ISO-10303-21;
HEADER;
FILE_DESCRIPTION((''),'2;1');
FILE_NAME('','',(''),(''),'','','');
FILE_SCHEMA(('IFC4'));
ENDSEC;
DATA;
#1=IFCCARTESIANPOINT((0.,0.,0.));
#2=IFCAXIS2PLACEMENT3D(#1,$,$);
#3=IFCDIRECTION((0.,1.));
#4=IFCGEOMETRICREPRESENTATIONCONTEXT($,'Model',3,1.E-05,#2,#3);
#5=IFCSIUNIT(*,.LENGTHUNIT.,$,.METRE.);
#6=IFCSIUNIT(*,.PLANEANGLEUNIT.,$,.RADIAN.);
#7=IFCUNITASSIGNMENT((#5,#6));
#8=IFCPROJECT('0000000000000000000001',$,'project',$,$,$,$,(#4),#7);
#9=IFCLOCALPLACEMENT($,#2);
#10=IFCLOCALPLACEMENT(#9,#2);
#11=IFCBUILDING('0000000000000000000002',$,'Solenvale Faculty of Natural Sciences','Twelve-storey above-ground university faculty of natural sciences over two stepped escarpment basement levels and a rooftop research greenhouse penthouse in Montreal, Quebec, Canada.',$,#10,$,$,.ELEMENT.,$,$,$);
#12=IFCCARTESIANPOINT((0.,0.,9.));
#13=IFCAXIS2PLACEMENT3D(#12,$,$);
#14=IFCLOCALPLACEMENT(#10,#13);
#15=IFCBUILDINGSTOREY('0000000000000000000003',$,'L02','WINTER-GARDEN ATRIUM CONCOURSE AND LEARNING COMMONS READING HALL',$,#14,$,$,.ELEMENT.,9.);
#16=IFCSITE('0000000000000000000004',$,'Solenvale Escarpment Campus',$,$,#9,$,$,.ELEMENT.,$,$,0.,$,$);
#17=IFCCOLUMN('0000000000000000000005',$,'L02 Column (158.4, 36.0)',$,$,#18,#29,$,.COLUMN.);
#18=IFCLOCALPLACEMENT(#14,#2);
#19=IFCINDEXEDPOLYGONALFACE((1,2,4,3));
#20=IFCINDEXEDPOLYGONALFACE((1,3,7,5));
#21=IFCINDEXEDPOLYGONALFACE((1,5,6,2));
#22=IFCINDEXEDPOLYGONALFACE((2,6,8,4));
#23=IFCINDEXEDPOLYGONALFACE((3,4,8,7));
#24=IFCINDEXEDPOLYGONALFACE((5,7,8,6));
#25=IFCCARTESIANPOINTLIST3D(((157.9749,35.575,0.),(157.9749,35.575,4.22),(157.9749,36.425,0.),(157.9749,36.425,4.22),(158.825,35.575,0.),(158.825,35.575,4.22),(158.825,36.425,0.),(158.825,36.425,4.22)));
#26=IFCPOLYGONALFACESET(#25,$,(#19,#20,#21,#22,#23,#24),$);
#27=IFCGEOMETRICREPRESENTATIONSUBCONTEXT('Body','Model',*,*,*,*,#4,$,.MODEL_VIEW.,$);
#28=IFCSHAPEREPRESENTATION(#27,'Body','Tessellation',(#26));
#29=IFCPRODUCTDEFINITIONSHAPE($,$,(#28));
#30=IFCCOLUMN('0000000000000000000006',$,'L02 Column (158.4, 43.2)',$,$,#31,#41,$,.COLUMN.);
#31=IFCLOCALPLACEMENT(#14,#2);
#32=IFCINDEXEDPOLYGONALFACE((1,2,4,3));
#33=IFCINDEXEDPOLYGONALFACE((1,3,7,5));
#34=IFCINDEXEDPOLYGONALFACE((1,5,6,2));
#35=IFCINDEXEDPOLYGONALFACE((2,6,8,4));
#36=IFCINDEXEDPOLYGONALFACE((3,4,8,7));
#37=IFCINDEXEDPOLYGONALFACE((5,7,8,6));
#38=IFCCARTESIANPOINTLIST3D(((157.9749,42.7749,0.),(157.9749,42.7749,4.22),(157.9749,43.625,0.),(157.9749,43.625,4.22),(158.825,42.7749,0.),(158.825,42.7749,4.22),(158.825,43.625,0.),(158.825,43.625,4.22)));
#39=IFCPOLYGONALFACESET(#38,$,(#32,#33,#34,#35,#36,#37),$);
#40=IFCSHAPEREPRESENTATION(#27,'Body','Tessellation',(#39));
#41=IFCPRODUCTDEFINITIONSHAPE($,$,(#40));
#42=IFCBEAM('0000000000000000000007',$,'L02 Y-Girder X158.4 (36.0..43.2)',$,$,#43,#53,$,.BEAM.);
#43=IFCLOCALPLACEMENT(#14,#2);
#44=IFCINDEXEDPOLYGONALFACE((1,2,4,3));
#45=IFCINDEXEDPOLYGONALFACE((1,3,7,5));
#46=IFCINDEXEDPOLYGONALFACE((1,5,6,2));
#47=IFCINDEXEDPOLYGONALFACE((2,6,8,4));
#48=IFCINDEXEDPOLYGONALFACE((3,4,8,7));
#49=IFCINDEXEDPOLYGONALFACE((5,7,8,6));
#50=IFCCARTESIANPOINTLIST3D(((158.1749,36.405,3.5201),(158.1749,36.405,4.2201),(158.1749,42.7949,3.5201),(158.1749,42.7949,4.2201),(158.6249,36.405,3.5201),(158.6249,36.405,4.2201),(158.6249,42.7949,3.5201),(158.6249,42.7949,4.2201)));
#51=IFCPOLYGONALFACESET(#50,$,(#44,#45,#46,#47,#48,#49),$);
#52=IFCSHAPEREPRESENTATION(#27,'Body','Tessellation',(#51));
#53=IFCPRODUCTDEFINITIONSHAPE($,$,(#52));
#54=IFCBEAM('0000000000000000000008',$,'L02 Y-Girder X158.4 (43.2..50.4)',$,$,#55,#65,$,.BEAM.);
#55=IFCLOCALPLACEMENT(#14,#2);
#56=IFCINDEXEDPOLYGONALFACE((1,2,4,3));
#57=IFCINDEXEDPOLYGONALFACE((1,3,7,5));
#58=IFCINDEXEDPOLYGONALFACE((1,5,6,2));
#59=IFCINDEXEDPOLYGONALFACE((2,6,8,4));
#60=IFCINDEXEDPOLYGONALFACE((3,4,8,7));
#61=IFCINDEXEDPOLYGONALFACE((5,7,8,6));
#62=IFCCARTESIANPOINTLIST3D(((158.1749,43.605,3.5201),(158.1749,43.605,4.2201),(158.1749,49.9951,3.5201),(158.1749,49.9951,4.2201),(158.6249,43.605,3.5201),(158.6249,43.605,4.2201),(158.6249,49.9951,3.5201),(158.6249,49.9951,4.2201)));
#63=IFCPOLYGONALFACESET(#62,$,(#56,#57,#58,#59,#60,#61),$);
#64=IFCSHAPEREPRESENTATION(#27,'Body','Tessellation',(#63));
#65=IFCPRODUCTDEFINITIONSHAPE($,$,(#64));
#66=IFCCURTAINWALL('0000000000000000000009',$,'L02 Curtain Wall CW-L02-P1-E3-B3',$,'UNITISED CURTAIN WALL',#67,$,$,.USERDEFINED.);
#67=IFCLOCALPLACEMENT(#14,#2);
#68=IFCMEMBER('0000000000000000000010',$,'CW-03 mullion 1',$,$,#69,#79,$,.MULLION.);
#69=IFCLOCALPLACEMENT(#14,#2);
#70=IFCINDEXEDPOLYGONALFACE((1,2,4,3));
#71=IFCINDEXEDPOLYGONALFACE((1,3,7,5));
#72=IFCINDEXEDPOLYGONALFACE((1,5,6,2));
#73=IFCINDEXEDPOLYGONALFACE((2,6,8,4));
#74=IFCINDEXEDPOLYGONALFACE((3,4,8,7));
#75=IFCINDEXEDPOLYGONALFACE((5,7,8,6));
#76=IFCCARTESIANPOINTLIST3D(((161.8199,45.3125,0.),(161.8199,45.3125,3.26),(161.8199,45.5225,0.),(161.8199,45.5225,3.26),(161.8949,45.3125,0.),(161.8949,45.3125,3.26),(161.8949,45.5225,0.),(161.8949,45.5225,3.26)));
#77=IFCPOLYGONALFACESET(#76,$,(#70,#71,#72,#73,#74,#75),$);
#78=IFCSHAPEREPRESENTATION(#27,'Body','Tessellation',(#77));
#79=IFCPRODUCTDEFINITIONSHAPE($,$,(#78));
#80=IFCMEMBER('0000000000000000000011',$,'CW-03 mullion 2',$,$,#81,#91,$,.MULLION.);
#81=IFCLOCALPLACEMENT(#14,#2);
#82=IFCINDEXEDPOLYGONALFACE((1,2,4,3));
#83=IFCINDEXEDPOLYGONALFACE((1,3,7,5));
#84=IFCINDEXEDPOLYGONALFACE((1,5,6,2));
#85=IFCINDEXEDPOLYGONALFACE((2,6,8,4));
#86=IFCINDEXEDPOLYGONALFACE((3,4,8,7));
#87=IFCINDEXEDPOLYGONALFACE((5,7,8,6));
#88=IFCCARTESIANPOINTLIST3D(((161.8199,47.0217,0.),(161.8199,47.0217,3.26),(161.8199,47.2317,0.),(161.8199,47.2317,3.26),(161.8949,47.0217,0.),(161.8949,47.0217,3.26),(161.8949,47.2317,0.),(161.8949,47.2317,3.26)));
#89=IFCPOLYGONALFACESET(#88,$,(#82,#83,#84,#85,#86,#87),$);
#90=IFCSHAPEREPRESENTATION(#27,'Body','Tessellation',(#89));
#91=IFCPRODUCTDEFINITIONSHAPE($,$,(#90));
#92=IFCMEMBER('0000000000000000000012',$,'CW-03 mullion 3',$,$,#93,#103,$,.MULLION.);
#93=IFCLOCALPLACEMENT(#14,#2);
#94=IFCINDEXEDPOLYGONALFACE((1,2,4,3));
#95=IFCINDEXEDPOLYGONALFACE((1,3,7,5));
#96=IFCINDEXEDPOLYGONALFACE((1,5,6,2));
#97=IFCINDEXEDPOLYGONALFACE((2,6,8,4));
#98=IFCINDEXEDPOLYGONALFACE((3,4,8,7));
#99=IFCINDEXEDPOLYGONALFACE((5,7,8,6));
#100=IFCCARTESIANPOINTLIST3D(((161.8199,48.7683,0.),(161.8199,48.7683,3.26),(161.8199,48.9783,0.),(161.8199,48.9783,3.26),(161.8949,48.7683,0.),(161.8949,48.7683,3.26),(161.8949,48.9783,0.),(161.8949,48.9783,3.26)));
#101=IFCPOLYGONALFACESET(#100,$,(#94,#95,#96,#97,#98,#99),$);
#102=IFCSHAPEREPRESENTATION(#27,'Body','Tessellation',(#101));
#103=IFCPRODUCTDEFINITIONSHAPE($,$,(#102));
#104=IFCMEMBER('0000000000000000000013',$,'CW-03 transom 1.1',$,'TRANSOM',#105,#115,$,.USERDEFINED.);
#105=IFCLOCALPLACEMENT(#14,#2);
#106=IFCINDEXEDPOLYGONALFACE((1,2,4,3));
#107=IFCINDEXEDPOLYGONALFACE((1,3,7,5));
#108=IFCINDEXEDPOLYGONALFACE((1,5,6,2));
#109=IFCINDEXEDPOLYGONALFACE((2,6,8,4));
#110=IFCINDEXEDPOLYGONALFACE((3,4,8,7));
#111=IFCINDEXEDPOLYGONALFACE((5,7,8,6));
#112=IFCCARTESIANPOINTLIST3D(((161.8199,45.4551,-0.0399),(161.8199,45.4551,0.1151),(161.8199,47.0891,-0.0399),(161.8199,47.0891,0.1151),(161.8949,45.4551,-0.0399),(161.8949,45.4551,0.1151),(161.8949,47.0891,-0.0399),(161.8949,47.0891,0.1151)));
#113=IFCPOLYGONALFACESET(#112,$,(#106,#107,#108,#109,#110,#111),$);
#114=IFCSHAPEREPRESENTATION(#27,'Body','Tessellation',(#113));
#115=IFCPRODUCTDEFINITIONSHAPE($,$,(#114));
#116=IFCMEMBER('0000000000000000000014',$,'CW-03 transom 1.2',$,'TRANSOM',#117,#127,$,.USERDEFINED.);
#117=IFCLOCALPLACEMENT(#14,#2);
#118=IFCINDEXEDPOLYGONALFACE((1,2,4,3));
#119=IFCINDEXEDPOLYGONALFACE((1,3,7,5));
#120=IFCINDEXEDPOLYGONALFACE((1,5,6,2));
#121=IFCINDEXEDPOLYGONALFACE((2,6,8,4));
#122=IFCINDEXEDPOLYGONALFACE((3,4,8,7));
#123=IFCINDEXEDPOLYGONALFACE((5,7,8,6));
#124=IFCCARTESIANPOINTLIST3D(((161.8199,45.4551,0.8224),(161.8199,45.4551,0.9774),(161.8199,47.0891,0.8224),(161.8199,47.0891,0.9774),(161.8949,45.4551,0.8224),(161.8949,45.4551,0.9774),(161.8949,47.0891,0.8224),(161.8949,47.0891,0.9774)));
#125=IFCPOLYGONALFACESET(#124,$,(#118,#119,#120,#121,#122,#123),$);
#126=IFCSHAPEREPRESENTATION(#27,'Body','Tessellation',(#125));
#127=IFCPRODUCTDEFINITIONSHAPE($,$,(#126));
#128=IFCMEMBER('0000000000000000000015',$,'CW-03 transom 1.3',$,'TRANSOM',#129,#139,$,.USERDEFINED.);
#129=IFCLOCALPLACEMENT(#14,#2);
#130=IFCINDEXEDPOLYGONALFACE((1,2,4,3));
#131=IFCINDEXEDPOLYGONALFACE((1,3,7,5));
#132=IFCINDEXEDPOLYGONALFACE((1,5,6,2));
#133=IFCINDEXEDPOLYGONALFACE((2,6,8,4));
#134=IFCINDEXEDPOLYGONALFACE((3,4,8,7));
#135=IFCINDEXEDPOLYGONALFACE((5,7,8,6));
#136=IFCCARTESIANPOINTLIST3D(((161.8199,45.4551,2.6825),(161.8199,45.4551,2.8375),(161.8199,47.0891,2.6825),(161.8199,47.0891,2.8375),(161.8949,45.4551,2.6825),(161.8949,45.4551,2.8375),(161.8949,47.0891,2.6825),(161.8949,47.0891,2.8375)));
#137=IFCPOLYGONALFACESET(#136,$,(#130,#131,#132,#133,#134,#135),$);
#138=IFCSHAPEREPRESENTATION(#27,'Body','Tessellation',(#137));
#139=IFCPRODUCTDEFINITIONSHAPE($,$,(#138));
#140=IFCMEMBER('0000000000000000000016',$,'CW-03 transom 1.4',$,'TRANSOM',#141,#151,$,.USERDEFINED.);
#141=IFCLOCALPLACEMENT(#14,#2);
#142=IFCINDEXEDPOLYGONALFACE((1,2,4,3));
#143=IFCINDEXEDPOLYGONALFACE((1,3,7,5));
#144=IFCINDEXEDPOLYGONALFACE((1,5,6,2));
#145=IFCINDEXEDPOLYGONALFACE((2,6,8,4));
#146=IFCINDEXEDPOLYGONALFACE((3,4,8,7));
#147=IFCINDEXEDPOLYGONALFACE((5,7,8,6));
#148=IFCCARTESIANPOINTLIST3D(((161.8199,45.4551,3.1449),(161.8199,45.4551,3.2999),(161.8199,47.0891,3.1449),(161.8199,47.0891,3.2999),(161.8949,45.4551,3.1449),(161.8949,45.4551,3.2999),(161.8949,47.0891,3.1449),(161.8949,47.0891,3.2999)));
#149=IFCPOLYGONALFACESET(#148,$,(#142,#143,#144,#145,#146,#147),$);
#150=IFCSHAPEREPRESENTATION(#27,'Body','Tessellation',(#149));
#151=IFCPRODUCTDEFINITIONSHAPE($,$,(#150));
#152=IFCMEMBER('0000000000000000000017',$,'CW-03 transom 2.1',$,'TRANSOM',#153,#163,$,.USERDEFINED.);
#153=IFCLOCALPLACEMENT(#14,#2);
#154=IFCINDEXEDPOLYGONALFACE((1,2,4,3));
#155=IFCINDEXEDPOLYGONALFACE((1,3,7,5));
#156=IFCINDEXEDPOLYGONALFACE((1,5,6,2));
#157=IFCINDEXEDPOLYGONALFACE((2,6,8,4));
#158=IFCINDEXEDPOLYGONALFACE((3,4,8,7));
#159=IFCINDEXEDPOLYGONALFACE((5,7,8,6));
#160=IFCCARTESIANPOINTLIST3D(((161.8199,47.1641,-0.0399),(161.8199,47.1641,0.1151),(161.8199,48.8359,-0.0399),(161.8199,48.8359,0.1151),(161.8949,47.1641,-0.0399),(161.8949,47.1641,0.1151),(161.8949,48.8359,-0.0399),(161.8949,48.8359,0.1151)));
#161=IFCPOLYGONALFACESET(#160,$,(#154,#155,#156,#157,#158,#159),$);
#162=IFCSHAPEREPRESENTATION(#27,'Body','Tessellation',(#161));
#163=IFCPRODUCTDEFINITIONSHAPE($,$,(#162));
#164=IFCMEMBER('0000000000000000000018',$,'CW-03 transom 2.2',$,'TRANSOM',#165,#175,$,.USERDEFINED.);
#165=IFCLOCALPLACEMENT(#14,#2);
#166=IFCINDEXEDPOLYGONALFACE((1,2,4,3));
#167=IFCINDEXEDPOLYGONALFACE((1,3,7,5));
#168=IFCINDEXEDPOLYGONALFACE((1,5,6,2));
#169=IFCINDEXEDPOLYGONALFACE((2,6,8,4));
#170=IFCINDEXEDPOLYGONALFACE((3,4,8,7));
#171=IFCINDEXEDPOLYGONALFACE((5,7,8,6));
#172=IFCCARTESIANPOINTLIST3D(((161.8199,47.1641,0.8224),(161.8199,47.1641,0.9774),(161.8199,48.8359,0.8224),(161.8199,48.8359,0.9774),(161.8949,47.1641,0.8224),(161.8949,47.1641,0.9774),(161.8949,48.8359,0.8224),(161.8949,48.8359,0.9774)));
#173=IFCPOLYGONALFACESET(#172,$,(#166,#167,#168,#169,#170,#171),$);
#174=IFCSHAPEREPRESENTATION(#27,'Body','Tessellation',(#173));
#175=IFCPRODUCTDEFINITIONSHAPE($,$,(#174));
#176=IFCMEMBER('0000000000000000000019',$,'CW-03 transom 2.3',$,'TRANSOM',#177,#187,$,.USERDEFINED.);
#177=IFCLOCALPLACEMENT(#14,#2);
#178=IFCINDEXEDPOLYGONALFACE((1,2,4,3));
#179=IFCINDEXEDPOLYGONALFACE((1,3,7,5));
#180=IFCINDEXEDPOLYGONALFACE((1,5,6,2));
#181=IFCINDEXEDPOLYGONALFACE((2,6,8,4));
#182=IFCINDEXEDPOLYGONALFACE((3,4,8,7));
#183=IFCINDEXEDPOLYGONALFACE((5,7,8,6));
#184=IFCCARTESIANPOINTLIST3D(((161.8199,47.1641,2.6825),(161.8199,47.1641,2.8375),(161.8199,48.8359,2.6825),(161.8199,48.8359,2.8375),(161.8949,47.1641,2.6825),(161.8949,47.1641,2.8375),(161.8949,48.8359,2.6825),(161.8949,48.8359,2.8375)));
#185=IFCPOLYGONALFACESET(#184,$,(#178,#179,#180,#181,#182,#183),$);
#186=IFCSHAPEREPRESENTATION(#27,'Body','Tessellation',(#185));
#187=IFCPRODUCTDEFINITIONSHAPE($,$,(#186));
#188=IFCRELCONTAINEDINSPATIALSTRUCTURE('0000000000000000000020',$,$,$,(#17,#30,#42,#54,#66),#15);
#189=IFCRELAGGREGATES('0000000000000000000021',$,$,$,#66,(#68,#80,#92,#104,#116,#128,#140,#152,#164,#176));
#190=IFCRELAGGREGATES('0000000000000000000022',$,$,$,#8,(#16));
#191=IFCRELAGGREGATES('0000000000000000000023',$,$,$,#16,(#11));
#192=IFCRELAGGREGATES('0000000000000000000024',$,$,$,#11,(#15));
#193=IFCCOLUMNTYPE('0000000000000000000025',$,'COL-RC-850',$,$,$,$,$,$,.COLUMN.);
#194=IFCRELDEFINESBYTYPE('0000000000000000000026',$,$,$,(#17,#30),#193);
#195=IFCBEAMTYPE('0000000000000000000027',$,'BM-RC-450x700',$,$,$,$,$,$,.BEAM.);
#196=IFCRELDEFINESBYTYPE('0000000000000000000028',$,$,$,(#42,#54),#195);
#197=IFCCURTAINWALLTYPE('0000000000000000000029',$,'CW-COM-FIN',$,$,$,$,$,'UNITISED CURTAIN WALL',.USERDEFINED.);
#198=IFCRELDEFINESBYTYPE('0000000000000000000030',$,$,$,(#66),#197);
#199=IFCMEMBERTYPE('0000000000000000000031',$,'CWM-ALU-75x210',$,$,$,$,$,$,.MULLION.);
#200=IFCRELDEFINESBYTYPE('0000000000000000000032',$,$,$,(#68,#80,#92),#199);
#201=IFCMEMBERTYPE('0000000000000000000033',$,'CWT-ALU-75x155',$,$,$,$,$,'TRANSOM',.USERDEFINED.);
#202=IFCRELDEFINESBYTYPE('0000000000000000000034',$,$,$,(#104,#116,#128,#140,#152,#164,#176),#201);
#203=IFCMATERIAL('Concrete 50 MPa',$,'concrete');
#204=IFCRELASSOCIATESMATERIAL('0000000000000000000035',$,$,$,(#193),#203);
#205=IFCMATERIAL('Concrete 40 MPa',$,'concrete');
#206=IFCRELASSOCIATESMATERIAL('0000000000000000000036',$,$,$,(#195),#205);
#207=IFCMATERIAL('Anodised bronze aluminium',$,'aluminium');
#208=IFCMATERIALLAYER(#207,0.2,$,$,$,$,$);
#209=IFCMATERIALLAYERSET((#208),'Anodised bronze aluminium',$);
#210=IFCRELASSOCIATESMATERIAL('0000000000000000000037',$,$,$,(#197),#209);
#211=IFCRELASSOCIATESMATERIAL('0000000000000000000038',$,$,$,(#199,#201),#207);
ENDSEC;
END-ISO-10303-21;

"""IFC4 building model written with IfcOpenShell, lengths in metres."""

from ifc_helpers import new_model, si_unit, direction, frame, origin, origin_2d, place, context, subcontext, project, spatial, rectangle, extrude, material, layer, layer_set, material_profile, profile_set, type_object, element, aggregate, save


model = new_model("IFC4")

# Units and contexts
model_context = context("Model", 3, precision=1e-05, world=origin(), true_north=direction((0.0, 1.0)))
body_context = subcontext(model_context, "Body", "Model", "MODEL_VIEW")
ifc_project = project(units=[si_unit("LENGTHUNIT", "METRE"), si_unit("PLANEANGLEUNIT", "RADIAN")], contexts=[model_context])

# Site, building, storey
site_placement = place(None, origin())
site = spatial("IfcSite", under=ifc_project, at=site_placement, Name="Solenvale Escarpment Campus", CompositionType="ELEMENT", RefElevation=0.0)
building_placement = place(site_placement, origin())
building = spatial("IfcBuilding", under=site, at=building_placement, Name="Solenvale Faculty of Natural Sciences", Description="Twelve-storey above-ground university faculty of natural sciences over two stepped escarpment basement levels and a rooftop research greenhouse penthouse in Montreal, Quebec, Canada.", CompositionType="ELEMENT")
storey_placement = place(building_placement, frame((0.0, 0.0, 9.0)))
storey = spatial("IfcBuildingStorey", under=building, at=storey_placement, Name="L02", Description="WINTER-GARDEN ATRIUM CONCOURSE AND LEARNING COMMONS READING HALL", CompositionType="ELEMENT", Elevation=9.0)

# Columns
ifc_material_1 = material(Name="Concrete 50 MPa", Category="concrete")
ifc_material_profile_1 = material_profile(ifc_material_1, rectangle(XDim=0.8501, YDim=0.8501, at=origin_2d()), Name="RC-COL-850x850")
ifc_profile_set_1 = profile_set([ifc_material_profile_1], Name="Concrete 50 MPa")
column_type = type_object("IfcColumnType", Name="COL-RC-850", PredefinedType="COLUMN", material=ifc_profile_set_1)
for number, where, z_axis, x_axis, name in (
    (1, (158.3999, 36.0, 0.0), (0.0, 0.0, 1.0), (1.0, 0.0, 0.0), "L02 Column (158.4, 36.0)"),
    (2, (158.3999, 43.2, 0.0), (0.0, 0.0, 1.0), (1.0, 0.0, 0.0), "L02 Column (158.4, 43.2)"),
):
    element("IfcColumn", number, at=place(storey_placement, frame(where, z_axis=z_axis, x_axis=x_axis)), inside=storey, type_object=column_type, Name=name, PredefinedType="COLUMN", context=body_context, shape_type="SweptSolid", body=[
        extrude(rectangle(XDim=0.8501, YDim=0.8501, at=origin_2d()), origin(), (0.0, 0.0, 1.0), 4.22),
    ])

# Beams
ifc_material_2 = material(Name="Concrete 40 MPa", Category="concrete")
ifc_material_profile_2 = material_profile(ifc_material_2, rectangle(XDim=0.45, YDim=0.7, at=origin_2d()), Name="RC-BM-450x700")
ifc_profile_set_2 = profile_set([ifc_material_profile_2], Name="Concrete 40 MPa")
beam_type = type_object("IfcBeamType", Name="BM-RC-450x700", PredefinedType="BEAM", material=ifc_profile_set_2)
beam_1_placement = place(storey_placement, frame((158.3999, 36.405, 3.8701), z_axis=(0.0, 1.0, 0.0), x_axis=(-1.0, 0.0, 0.0)))
element("IfcBeam", 3, at=beam_1_placement, inside=storey, type_object=beam_type, Name="L02 Y-Girder X158.4 (36.0..43.2)", PredefinedType="BEAM", context=body_context, shape_type="SweptSolid", body=[
    extrude(rectangle(XDim=0.45, YDim=0.7, at=origin_2d()), origin(), (0.0, 0.0, 1.0), 6.3899),
])
beam_2_placement = place(storey_placement, frame((158.3999, 43.605, 3.8701), z_axis=(0.0, 1.0, 0.0), x_axis=(-1.0, 0.0, 0.0)))
element("IfcBeam", 4, at=beam_2_placement, inside=storey, type_object=beam_type, Name="L02 Y-Girder X158.4 (43.2..50.4)", PredefinedType="BEAM", context=body_context, shape_type="SweptSolid", body=[
    extrude(rectangle(XDim=0.45, YDim=0.7, at=origin_2d()), origin(), (0.0, 0.0, 1.0), 6.3901),
])

# Curtain wall, members
ifc_material_3 = material(Name="Anodised bronze aluminium", Category="aluminium")
ifc_layer_1 = layer(ifc_material_3, 0.2)
ifc_layer_set_1 = layer_set([ifc_layer_1], Name="Anodised bronze aluminium")
curtain_wall_type = type_object("IfcCurtainWallType", Name="CW-COM-FIN", ElementType="UNITISED CURTAIN WALL", PredefinedType="USERDEFINED", material=ifc_layer_set_1)
curtain_wall_placement = place(storey_placement, origin())
curtain_wall = element("IfcCurtainWall", 5, at=curtain_wall_placement, inside=storey, type_object=curtain_wall_type, Name="L02 Curtain Wall CW-L02-P1-E3-B3", ObjectType="UNITISED CURTAIN WALL", PredefinedType="USERDEFINED")
ifc_material_profile_3 = material_profile(ifc_material_3, rectangle(XDim=0.075, YDim=0.21, at=origin_2d()), Name="ALU-MUL-75x210")
ifc_profile_set_3 = profile_set([ifc_material_profile_3], Name="Anodised bronze aluminium")
member_type_1 = type_object("IfcMemberType", Name="CWM-ALU-75x210", PredefinedType="MULLION", material=ifc_profile_set_3)
member_1_placement = place(storey_placement, frame((161.8574, 45.4175, 0.0), z_axis=(0.0, 0.0, 1.0), x_axis=(-1.0, 0.0, 0.0)))
member_1 = element("IfcMember", 6, at=member_1_placement, type_object=member_type_1, Name="CW-03 mullion 1", PredefinedType="MULLION", context=body_context, shape_type="SweptSolid", body=[
    extrude(rectangle(XDim=0.075, YDim=0.21, at=origin_2d()), origin(), (0.0, 0.0, 1.0), 3.26),
])
member_2_placement = place(storey_placement, frame((161.8574, 47.1267, 0.0), z_axis=(0.0, 0.0, 1.0), x_axis=(-1.0, 0.0, 0.0)))
member_2 = element("IfcMember", 7, at=member_2_placement, type_object=member_type_1, Name="CW-03 mullion 2", PredefinedType="MULLION", context=body_context, shape_type="SweptSolid", body=[
    extrude(rectangle(XDim=0.075, YDim=0.21, at=origin_2d()), origin(), (0.0, 0.0, 1.0), 3.26),
])
member_3_placement = place(storey_placement, frame((161.8574, 48.8733, 0.0), z_axis=(0.0, 0.0, 1.0), x_axis=(-1.0, 0.0, 0.0)))
member_3 = element("IfcMember", 8, at=member_3_placement, type_object=member_type_1, Name="CW-03 mullion 3", PredefinedType="MULLION", context=body_context, shape_type="SweptSolid", body=[
    extrude(rectangle(XDim=0.075, YDim=0.21, at=origin_2d()), origin(), (0.0, 0.0, 1.0), 3.26),
])
ifc_material_profile_4 = material_profile(ifc_material_3, rectangle(XDim=0.075, YDim=0.155, at=origin_2d()), Name="ALU-TRN-75x155")
ifc_profile_set_4 = profile_set([ifc_material_profile_4], Name="Anodised bronze aluminium")
member_type_2 = type_object("IfcMemberType", Name="CWT-ALU-75x155", ElementType="TRANSOM", PredefinedType="USERDEFINED", material=ifc_profile_set_4)
member_4_placement = place(storey_placement, frame((161.8574, 45.4551, 0.0376), z_axis=(0.0, 1.0, 0.0), x_axis=(-1.0, 0.0, 0.0)))
member_4 = element("IfcMember", 9, at=member_4_placement, type_object=member_type_2, Name="CW-03 transom 1.1", ObjectType="TRANSOM", PredefinedType="USERDEFINED", context=body_context, shape_type="SweptSolid", body=[
    extrude(rectangle(XDim=0.075, YDim=0.155, at=origin_2d()), origin(), (0.0, 0.0, 1.0), 1.634),
])
member_5_placement = place(storey_placement, frame((161.8574, 45.4551, 0.8999), z_axis=(0.0, 1.0, 0.0), x_axis=(-1.0, 0.0, 0.0)))
member_5 = element("IfcMember", 10, at=member_5_placement, type_object=member_type_2, Name="CW-03 transom 1.2", ObjectType="TRANSOM", PredefinedType="USERDEFINED", context=body_context, shape_type="SweptSolid", body=[
    extrude(rectangle(XDim=0.075, YDim=0.155, at=origin_2d()), origin(), (0.0, 0.0, 1.0), 1.634),
])
member_6_placement = place(storey_placement, frame((161.8574, 45.4551, 2.76), z_axis=(0.0, 1.0, 0.0), x_axis=(-1.0, 0.0, 0.0)))
member_6 = element("IfcMember", 11, at=member_6_placement, type_object=member_type_2, Name="CW-03 transom 1.3", ObjectType="TRANSOM", PredefinedType="USERDEFINED", context=body_context, shape_type="SweptSolid", body=[
    extrude(rectangle(XDim=0.075, YDim=0.155, at=origin_2d()), origin(), (0.0, 0.0, 1.0), 1.634),
])
member_7_placement = place(storey_placement, frame((161.8574, 45.4551, 3.2224), z_axis=(0.0, 1.0, 0.0), x_axis=(-1.0, 0.0, 0.0)))
member_7 = element("IfcMember", 12, at=member_7_placement, type_object=member_type_2, Name="CW-03 transom 1.4", ObjectType="TRANSOM", PredefinedType="USERDEFINED", context=body_context, shape_type="SweptSolid", body=[
    extrude(rectangle(XDim=0.075, YDim=0.155, at=origin_2d()), origin(), (0.0, 0.0, 1.0), 1.634),
])
member_8_placement = place(storey_placement, frame((161.8574, 47.1641, 0.0376), z_axis=(0.0, 1.0, 0.0), x_axis=(-1.0, 0.0, 0.0)))
member_8 = element("IfcMember", 13, at=member_8_placement, type_object=member_type_2, Name="CW-03 transom 2.1", ObjectType="TRANSOM", PredefinedType="USERDEFINED", context=body_context, shape_type="SweptSolid", body=[
    extrude(rectangle(XDim=0.075, YDim=0.155, at=origin_2d()), origin(), (0.0, 0.0, 1.0), 1.6719),
])
member_9_placement = place(storey_placement, frame((161.8574, 47.1641, 0.8999), z_axis=(0.0, 1.0, 0.0), x_axis=(-1.0, 0.0, 0.0)))
member_9 = element("IfcMember", 14, at=member_9_placement, type_object=member_type_2, Name="CW-03 transom 2.2", ObjectType="TRANSOM", PredefinedType="USERDEFINED", context=body_context, shape_type="SweptSolid", body=[
    extrude(rectangle(XDim=0.075, YDim=0.155, at=origin_2d()), origin(), (0.0, 0.0, 1.0), 1.6719),
])
member_10_placement = place(storey_placement, frame((161.8574, 47.1641, 2.76), z_axis=(0.0, 1.0, 0.0), x_axis=(-1.0, 0.0, 0.0)))
member_10 = element("IfcMember", 15, at=member_10_placement, type_object=member_type_2, Name="CW-03 transom 2.3", ObjectType="TRANSOM", PredefinedType="USERDEFINED", context=body_context, shape_type="SweptSolid", body=[
    extrude(rectangle(XDim=0.075, YDim=0.155, at=origin_2d()), origin(), (0.0, 0.0, 1.0), 1.6719),
])
aggregate(curtain_wall, [member_1, member_2, member_3, member_4, member_5, member_6, member_7, member_8, member_9, member_10])

save(model, "model.ifc")
